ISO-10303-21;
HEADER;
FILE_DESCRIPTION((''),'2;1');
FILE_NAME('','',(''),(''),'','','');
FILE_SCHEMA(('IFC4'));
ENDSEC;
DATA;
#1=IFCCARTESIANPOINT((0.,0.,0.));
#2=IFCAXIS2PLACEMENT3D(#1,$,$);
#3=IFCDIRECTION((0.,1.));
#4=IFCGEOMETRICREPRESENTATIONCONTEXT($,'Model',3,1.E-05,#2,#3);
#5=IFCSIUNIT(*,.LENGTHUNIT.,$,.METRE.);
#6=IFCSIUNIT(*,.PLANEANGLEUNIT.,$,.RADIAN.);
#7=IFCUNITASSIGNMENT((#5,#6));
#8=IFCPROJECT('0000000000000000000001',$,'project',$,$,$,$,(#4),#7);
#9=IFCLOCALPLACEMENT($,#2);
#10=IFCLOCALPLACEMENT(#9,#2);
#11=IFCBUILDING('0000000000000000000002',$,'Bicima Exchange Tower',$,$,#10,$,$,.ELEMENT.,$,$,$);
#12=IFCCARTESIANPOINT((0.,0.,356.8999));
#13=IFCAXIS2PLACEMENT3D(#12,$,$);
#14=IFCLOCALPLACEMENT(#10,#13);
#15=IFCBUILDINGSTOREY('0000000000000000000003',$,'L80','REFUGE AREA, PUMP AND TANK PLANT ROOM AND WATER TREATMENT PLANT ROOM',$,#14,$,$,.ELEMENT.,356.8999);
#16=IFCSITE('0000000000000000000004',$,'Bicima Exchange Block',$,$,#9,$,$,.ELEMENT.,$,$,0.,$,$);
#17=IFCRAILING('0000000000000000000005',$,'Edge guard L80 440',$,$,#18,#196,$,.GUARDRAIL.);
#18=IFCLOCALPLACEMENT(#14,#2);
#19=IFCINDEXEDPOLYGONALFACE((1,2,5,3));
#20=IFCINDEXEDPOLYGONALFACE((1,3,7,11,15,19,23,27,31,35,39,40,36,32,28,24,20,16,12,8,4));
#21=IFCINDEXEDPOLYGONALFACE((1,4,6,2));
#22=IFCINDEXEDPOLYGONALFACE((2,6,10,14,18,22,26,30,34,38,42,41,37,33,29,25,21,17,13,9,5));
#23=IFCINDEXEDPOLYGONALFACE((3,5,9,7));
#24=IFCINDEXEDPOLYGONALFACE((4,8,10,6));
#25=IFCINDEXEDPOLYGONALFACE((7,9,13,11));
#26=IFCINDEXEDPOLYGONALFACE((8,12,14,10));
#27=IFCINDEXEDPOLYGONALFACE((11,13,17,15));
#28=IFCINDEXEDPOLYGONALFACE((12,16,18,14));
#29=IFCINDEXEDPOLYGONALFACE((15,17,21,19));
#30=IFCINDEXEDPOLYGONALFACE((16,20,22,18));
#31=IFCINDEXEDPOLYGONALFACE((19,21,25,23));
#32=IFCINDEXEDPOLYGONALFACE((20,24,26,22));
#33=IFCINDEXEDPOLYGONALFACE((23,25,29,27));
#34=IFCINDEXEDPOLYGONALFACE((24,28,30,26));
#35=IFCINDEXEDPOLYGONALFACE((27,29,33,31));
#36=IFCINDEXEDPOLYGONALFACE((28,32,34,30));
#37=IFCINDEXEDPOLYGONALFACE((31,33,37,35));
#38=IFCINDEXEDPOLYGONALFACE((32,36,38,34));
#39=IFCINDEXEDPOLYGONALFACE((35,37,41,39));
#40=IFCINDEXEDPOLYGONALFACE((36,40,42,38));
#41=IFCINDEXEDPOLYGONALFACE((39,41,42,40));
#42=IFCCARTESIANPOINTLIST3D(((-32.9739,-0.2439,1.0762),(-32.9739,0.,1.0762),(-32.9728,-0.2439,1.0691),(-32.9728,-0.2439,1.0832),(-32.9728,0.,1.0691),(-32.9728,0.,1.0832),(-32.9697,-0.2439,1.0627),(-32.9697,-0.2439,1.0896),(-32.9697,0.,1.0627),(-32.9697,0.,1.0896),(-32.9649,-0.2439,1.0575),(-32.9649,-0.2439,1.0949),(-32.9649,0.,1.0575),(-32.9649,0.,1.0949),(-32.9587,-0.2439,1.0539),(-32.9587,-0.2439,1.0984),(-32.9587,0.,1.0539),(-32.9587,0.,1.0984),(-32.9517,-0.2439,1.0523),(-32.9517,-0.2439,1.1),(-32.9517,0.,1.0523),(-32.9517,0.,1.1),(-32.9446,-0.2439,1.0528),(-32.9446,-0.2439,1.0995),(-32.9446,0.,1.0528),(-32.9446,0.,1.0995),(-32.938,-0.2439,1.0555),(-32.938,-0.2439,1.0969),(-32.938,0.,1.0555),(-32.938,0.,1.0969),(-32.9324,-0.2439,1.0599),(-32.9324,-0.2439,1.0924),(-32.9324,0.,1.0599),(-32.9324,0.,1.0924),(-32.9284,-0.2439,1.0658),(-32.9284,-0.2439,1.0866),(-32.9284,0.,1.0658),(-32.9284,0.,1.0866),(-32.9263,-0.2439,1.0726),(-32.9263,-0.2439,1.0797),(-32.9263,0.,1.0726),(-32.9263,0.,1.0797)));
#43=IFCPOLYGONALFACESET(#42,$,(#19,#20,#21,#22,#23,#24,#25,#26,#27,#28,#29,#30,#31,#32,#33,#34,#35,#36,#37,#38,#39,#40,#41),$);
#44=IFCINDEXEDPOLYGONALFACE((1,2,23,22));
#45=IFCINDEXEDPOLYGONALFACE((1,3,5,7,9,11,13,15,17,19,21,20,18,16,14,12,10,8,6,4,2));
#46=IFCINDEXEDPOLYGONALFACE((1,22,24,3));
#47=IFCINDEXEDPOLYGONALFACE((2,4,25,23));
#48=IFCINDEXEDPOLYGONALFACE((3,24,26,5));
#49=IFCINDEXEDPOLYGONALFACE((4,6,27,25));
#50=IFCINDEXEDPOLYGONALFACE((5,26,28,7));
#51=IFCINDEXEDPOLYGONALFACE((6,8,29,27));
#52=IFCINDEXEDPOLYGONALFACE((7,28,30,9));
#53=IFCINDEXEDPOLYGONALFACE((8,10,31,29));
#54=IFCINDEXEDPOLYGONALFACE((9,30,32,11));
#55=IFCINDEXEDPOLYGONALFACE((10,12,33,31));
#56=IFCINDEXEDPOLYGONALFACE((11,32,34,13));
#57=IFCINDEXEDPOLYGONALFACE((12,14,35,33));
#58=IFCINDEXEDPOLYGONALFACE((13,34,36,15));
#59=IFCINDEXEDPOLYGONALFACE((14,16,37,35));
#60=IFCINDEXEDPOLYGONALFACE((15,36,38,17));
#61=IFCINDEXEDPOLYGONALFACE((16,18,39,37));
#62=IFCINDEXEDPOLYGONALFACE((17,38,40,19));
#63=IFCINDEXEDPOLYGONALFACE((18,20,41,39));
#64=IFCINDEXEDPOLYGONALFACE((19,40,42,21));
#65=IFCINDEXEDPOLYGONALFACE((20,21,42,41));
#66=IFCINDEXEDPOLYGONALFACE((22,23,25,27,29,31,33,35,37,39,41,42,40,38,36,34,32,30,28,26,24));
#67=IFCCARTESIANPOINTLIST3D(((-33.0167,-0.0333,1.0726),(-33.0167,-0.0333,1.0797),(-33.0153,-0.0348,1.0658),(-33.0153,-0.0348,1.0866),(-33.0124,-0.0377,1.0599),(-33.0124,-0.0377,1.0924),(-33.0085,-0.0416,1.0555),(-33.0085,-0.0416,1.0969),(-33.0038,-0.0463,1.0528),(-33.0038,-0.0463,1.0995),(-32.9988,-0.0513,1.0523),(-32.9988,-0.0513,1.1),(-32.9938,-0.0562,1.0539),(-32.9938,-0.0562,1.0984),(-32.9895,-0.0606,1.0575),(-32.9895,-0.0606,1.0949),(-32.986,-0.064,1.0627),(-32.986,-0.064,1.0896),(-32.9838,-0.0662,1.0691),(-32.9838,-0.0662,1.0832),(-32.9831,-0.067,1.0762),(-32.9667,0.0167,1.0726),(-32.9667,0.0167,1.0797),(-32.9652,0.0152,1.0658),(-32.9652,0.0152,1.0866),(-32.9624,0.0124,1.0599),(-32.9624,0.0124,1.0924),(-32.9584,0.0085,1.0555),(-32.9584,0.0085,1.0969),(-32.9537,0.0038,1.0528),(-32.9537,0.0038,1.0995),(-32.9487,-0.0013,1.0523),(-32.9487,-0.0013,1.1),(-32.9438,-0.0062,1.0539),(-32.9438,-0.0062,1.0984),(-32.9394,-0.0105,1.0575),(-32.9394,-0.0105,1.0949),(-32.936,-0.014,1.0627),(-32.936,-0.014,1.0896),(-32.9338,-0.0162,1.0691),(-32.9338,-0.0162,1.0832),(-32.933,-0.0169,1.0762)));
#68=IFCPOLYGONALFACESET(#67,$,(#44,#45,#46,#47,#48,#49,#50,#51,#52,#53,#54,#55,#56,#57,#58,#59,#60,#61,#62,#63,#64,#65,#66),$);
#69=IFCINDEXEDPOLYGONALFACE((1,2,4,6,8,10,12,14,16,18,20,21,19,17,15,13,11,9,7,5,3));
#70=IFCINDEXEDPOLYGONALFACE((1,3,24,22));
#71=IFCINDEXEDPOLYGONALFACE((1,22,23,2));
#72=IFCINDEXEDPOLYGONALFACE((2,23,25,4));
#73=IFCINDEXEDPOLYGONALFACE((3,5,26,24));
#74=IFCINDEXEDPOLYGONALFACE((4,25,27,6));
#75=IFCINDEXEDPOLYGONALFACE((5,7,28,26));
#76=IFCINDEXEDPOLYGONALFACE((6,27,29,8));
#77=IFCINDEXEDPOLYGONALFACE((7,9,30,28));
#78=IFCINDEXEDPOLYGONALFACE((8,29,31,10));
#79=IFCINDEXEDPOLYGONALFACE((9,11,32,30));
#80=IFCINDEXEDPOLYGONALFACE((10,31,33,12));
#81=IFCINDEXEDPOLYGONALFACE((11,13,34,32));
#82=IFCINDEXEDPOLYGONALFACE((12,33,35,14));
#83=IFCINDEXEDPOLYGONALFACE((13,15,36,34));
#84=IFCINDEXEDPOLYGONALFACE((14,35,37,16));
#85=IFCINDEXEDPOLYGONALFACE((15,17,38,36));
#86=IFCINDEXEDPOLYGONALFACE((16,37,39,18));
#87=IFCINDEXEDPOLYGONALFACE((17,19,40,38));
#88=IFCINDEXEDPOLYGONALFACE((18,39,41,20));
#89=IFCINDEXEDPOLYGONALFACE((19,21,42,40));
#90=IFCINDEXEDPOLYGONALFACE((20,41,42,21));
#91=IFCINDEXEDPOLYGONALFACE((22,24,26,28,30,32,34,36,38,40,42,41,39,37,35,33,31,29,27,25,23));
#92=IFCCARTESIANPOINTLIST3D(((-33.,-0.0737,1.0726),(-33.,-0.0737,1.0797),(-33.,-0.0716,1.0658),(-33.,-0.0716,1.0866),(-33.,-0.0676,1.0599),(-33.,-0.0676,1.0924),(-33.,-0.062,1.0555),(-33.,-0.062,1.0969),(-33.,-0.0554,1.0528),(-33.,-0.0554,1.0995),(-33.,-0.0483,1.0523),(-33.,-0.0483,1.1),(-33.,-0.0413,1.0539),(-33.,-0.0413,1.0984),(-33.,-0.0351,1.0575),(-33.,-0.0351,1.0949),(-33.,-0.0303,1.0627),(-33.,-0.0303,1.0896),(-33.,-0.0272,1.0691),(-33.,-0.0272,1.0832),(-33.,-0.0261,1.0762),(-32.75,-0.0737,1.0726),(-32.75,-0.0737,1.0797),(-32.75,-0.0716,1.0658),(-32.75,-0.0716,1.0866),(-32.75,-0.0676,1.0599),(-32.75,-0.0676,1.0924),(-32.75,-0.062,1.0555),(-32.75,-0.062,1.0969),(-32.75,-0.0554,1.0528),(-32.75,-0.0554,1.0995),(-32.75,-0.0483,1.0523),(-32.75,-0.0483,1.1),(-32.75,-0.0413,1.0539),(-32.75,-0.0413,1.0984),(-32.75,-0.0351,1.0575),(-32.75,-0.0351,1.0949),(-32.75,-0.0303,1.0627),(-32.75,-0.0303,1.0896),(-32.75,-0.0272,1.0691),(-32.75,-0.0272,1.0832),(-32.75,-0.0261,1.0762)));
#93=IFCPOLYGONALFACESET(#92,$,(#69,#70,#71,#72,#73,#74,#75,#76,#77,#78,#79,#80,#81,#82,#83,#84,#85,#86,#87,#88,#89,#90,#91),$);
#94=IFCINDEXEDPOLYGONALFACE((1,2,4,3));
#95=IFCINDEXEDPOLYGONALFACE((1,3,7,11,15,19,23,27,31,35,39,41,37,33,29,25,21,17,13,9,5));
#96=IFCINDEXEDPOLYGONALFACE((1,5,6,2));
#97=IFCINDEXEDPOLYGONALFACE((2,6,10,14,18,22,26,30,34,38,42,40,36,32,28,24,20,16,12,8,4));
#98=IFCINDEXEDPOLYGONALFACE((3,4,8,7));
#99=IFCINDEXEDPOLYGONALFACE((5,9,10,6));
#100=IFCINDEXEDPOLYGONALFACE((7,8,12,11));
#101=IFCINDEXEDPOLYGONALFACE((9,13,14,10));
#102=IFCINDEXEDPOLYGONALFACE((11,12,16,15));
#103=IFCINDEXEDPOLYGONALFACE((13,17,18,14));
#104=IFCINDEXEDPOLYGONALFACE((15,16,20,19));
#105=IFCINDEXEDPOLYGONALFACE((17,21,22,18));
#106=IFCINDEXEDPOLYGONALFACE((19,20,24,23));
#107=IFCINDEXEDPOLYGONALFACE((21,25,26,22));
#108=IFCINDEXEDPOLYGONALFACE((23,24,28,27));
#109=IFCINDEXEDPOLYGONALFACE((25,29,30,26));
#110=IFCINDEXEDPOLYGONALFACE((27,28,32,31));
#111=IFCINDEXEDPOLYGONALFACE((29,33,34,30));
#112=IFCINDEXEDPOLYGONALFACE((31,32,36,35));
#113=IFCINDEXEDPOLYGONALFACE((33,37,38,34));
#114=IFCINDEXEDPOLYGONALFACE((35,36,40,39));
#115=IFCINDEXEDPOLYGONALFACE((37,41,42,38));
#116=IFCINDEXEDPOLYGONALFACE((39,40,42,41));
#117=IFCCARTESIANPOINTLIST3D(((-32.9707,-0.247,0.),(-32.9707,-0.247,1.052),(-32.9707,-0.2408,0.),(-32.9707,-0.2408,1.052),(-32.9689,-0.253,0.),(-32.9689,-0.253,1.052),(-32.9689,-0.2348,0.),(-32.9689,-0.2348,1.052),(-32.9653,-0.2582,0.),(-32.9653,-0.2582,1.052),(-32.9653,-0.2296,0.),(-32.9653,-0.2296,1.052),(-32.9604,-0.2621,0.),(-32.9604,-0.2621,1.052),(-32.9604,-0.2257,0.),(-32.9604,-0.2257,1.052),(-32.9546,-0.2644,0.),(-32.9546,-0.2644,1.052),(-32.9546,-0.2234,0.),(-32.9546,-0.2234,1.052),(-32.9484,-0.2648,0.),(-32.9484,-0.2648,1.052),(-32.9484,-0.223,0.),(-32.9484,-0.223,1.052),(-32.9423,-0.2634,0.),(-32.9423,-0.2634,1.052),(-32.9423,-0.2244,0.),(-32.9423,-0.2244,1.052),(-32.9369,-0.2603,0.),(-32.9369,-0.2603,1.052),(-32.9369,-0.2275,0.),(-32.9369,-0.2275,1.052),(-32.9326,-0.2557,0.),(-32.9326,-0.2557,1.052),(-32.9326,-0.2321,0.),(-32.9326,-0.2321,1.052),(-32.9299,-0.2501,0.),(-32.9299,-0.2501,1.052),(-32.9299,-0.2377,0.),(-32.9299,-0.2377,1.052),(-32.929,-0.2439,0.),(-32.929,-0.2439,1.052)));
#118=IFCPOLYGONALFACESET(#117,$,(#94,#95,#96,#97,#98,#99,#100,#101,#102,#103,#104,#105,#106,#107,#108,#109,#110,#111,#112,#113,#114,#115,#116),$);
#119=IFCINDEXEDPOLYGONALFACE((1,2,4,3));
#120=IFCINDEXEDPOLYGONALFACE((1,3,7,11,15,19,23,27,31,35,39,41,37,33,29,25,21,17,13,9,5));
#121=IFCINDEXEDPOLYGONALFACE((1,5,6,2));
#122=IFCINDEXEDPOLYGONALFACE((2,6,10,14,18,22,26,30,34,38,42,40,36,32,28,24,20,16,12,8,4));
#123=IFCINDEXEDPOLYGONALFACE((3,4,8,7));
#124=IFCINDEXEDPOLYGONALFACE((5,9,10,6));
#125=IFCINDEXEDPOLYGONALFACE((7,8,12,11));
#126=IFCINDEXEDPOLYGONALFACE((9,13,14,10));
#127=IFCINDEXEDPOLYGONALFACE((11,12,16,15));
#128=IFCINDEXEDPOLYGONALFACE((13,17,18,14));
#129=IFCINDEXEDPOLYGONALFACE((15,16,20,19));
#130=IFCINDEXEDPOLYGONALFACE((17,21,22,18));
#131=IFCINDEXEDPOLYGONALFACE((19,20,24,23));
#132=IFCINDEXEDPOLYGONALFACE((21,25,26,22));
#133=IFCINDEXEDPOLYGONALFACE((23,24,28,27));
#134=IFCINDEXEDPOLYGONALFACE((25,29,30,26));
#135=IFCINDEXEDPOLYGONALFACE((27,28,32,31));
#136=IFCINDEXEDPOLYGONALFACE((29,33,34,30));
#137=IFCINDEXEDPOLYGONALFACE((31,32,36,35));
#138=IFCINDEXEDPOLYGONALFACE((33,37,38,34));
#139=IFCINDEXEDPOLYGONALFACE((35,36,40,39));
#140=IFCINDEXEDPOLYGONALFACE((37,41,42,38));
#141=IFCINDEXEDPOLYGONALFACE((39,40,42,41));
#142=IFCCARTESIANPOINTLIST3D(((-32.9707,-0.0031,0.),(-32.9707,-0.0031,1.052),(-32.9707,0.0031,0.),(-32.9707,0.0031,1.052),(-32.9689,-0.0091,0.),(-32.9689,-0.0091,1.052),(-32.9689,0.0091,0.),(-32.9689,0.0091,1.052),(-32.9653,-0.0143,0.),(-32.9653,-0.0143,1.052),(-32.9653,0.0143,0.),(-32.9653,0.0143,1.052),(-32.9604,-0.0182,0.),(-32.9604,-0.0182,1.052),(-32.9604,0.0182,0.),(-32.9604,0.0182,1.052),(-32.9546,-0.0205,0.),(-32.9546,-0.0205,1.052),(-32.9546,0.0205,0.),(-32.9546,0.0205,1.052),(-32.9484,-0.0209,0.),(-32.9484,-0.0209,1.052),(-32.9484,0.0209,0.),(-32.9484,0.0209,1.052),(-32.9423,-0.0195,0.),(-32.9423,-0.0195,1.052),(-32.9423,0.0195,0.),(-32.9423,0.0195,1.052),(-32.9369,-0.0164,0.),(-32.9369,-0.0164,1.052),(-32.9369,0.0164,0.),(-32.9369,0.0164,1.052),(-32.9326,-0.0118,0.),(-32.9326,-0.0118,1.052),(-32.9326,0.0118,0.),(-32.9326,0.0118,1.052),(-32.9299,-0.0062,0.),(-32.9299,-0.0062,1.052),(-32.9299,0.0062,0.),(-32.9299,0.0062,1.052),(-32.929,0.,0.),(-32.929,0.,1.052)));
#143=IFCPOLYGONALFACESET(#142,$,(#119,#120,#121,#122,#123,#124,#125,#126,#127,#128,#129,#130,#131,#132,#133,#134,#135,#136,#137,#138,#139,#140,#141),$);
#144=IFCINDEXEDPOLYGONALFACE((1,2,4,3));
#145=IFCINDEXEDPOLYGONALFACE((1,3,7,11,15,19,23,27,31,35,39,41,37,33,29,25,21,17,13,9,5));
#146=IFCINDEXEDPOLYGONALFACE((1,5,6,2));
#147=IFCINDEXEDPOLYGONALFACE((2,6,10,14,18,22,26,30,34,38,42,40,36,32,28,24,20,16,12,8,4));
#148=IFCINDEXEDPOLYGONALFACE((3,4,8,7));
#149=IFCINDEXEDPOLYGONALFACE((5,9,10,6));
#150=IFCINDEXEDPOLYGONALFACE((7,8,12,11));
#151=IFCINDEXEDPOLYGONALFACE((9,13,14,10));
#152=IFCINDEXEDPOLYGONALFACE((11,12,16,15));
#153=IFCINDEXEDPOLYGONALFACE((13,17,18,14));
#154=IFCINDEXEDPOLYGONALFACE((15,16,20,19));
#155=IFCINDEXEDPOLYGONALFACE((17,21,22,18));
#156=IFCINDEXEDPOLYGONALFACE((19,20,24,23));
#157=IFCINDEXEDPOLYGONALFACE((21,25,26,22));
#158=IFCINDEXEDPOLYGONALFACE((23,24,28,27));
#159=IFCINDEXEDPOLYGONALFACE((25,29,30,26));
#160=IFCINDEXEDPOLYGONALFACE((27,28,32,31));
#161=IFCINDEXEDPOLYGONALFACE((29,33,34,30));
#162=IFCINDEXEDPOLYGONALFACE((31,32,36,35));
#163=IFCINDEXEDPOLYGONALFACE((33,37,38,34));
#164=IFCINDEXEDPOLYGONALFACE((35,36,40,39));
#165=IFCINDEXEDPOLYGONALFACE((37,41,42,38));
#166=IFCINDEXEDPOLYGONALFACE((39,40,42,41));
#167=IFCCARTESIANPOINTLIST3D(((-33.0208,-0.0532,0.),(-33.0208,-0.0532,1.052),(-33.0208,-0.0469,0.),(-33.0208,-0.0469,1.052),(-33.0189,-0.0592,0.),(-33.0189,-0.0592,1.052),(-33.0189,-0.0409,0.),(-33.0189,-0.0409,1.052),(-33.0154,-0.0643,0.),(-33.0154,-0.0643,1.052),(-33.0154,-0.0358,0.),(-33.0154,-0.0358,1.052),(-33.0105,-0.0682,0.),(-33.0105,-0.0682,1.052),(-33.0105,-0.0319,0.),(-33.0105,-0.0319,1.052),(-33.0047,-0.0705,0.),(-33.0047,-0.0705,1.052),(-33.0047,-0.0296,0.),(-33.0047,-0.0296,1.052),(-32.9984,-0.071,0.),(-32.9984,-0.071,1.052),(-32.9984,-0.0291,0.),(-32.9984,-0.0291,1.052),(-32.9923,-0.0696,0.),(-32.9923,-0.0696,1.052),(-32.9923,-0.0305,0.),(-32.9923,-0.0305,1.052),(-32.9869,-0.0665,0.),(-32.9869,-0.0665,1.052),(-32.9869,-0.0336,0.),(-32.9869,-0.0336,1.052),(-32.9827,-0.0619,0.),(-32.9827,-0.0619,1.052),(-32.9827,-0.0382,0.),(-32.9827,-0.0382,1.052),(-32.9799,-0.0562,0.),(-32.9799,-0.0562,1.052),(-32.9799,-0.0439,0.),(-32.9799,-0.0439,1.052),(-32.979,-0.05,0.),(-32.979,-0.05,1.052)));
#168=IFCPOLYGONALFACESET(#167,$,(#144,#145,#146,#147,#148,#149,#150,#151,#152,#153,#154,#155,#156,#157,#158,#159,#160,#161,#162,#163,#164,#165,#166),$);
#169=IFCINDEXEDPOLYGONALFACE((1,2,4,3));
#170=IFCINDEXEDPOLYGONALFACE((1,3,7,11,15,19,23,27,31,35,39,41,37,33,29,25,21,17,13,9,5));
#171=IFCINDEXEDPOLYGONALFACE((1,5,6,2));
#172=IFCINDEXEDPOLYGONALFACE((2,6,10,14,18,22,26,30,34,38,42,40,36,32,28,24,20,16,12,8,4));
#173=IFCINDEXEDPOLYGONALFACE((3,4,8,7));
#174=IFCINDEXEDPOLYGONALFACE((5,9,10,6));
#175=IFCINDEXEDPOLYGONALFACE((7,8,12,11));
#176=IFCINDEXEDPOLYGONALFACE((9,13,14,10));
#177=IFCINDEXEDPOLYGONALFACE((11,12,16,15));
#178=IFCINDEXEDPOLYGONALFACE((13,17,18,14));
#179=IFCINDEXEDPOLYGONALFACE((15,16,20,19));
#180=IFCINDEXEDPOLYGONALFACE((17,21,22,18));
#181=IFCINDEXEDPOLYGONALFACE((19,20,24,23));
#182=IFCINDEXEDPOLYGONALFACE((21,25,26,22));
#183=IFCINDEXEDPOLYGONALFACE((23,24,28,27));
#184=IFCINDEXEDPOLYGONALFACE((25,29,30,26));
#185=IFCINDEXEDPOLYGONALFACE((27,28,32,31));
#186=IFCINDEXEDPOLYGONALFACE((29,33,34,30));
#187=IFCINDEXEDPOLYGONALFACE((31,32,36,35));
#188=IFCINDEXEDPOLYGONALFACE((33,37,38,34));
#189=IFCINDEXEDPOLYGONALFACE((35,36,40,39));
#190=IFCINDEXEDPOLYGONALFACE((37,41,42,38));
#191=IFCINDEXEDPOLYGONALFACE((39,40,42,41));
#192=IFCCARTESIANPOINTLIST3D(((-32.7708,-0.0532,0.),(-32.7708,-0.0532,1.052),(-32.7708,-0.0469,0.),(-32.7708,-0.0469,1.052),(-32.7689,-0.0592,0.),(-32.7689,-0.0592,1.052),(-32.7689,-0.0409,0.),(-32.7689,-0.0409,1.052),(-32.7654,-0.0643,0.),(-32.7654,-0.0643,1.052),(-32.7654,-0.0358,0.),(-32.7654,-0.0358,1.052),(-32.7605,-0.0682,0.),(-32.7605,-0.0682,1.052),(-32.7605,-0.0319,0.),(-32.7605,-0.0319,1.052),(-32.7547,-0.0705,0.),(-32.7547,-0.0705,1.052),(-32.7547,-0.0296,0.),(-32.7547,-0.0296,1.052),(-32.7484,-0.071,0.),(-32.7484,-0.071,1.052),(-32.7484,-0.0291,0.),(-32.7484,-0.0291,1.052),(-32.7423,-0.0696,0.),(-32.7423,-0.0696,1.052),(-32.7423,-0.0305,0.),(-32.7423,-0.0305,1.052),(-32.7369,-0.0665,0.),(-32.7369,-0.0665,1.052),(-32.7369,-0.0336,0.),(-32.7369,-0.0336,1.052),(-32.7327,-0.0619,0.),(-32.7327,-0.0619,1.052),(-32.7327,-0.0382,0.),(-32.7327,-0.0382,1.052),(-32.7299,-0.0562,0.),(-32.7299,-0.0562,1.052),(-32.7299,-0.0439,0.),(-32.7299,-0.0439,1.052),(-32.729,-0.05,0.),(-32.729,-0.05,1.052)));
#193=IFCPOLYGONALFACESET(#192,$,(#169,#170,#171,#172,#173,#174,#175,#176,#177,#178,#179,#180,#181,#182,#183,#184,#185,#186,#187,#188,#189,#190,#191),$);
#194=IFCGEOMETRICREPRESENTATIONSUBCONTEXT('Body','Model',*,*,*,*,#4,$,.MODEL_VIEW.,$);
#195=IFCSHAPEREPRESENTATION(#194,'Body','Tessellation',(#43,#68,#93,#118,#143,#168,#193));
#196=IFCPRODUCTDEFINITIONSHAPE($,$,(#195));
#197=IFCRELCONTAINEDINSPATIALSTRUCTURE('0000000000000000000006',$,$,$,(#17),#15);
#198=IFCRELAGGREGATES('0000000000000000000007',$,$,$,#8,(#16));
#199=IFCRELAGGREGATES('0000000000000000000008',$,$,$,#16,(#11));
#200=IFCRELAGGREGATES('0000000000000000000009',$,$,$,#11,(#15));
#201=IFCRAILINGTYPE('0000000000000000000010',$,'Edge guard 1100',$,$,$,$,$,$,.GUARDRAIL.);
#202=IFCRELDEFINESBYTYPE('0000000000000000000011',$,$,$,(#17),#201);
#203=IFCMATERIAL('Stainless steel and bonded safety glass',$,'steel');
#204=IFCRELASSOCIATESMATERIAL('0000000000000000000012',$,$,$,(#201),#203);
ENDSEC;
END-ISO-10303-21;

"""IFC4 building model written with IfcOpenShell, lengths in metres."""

from ifc_helpers import new_model, si_unit, direction, frame, origin, origin_2d, place, context, subcontext, project, spatial, circle, extrude, material, type_object, element, save


model = new_model("IFC4")

# Units and contexts
model_context = context("Model", 3, precision=1e-05, world=origin(), true_north=direction((0.0, 1.0)))
body_context = subcontext(model_context, "Body", "Model", "MODEL_VIEW")
ifc_project = project(units=[si_unit("LENGTHUNIT", "METRE"), si_unit("PLANEANGLEUNIT", "RADIAN")], contexts=[model_context])

# Site, building, storey
site_placement = place(None, origin())
site = spatial("IfcSite", under=ifc_project, at=site_placement, Name="Bicima Exchange Block", CompositionType="ELEMENT", RefElevation=0.0)
building_placement = place(site_placement, origin())
building = spatial("IfcBuilding", under=site, at=building_placement, Name="Bicima Exchange Tower", CompositionType="ELEMENT")
storey_placement = place(building_placement, frame((0.0, 0.0, 356.8999)))
storey = spatial("IfcBuildingStorey", under=building, at=storey_placement, Name="L80", Description="REFUGE AREA, PUMP AND TANK PLANT ROOM AND WATER TREATMENT PLANT ROOM", CompositionType="ELEMENT", Elevation=356.8999)

# Railing
ifc_material_1 = material(Name="Stainless steel and bonded safety glass", Category="steel")
railing_type_1 = type_object("IfcRailingType", Name="Edge guard 1100", PredefinedType="GUARDRAIL", material=ifc_material_1)
railing_1_placement = place(storey_placement, frame((-32.95, -0.2439, 0.0)))
element("IfcRailing", 1, at=railing_1_placement, inside=storey, type_object=railing_type_1, Name="Edge guard L80 440", PredefinedType="GUARDRAIL", context=body_context, shape_type="SweptSolid", body=[
    extrude(circle(Radius=0.0239, at=origin_2d()), frame((0.0, 0.0, 1.0762), z_axis=(0.0, 1.0, 0.0), x_axis=(-1.0, 0.0, 0.0)), (0.0, 0.0, 1.0), 0.2439),
    extrude(circle(Radius=0.0239, at=origin_2d()), frame((0.0, 0.2439, 1.0762), z_axis=(-0.707107, -0.707107, 0.0), x_axis=(0.707107, -0.707107, 0.0)), (0.0, 0.0, 1.0), 0.0708),
    extrude(circle(Radius=0.0239, at=origin_2d()), frame((-0.05, 0.1938, 1.0762), z_axis=(1.0, 0.0, 0.0), x_axis=(0.0, 1.0, 0.0)), (0.0, 0.0, 1.0), 0.25),
    extrude(circle(Radius=0.021, at=origin_2d()), origin(), (0.0, 0.0, 1.0), 1.052),
    extrude(circle(Radius=0.021, at=origin_2d()), frame((0.0, 0.2439, 0.0)), (0.0, 0.0, 1.0), 1.052),
    extrude(circle(Radius=0.021, at=origin_2d()), frame((-0.05, 0.1938, 0.0)), (0.0, 0.0, 1.0), 1.052),
    extrude(circle(Radius=0.021, at=origin_2d()), frame((0.2, 0.1938, 0.0)), (0.0, 0.0, 1.0), 1.052),
])

save(model, "model.ifc")
